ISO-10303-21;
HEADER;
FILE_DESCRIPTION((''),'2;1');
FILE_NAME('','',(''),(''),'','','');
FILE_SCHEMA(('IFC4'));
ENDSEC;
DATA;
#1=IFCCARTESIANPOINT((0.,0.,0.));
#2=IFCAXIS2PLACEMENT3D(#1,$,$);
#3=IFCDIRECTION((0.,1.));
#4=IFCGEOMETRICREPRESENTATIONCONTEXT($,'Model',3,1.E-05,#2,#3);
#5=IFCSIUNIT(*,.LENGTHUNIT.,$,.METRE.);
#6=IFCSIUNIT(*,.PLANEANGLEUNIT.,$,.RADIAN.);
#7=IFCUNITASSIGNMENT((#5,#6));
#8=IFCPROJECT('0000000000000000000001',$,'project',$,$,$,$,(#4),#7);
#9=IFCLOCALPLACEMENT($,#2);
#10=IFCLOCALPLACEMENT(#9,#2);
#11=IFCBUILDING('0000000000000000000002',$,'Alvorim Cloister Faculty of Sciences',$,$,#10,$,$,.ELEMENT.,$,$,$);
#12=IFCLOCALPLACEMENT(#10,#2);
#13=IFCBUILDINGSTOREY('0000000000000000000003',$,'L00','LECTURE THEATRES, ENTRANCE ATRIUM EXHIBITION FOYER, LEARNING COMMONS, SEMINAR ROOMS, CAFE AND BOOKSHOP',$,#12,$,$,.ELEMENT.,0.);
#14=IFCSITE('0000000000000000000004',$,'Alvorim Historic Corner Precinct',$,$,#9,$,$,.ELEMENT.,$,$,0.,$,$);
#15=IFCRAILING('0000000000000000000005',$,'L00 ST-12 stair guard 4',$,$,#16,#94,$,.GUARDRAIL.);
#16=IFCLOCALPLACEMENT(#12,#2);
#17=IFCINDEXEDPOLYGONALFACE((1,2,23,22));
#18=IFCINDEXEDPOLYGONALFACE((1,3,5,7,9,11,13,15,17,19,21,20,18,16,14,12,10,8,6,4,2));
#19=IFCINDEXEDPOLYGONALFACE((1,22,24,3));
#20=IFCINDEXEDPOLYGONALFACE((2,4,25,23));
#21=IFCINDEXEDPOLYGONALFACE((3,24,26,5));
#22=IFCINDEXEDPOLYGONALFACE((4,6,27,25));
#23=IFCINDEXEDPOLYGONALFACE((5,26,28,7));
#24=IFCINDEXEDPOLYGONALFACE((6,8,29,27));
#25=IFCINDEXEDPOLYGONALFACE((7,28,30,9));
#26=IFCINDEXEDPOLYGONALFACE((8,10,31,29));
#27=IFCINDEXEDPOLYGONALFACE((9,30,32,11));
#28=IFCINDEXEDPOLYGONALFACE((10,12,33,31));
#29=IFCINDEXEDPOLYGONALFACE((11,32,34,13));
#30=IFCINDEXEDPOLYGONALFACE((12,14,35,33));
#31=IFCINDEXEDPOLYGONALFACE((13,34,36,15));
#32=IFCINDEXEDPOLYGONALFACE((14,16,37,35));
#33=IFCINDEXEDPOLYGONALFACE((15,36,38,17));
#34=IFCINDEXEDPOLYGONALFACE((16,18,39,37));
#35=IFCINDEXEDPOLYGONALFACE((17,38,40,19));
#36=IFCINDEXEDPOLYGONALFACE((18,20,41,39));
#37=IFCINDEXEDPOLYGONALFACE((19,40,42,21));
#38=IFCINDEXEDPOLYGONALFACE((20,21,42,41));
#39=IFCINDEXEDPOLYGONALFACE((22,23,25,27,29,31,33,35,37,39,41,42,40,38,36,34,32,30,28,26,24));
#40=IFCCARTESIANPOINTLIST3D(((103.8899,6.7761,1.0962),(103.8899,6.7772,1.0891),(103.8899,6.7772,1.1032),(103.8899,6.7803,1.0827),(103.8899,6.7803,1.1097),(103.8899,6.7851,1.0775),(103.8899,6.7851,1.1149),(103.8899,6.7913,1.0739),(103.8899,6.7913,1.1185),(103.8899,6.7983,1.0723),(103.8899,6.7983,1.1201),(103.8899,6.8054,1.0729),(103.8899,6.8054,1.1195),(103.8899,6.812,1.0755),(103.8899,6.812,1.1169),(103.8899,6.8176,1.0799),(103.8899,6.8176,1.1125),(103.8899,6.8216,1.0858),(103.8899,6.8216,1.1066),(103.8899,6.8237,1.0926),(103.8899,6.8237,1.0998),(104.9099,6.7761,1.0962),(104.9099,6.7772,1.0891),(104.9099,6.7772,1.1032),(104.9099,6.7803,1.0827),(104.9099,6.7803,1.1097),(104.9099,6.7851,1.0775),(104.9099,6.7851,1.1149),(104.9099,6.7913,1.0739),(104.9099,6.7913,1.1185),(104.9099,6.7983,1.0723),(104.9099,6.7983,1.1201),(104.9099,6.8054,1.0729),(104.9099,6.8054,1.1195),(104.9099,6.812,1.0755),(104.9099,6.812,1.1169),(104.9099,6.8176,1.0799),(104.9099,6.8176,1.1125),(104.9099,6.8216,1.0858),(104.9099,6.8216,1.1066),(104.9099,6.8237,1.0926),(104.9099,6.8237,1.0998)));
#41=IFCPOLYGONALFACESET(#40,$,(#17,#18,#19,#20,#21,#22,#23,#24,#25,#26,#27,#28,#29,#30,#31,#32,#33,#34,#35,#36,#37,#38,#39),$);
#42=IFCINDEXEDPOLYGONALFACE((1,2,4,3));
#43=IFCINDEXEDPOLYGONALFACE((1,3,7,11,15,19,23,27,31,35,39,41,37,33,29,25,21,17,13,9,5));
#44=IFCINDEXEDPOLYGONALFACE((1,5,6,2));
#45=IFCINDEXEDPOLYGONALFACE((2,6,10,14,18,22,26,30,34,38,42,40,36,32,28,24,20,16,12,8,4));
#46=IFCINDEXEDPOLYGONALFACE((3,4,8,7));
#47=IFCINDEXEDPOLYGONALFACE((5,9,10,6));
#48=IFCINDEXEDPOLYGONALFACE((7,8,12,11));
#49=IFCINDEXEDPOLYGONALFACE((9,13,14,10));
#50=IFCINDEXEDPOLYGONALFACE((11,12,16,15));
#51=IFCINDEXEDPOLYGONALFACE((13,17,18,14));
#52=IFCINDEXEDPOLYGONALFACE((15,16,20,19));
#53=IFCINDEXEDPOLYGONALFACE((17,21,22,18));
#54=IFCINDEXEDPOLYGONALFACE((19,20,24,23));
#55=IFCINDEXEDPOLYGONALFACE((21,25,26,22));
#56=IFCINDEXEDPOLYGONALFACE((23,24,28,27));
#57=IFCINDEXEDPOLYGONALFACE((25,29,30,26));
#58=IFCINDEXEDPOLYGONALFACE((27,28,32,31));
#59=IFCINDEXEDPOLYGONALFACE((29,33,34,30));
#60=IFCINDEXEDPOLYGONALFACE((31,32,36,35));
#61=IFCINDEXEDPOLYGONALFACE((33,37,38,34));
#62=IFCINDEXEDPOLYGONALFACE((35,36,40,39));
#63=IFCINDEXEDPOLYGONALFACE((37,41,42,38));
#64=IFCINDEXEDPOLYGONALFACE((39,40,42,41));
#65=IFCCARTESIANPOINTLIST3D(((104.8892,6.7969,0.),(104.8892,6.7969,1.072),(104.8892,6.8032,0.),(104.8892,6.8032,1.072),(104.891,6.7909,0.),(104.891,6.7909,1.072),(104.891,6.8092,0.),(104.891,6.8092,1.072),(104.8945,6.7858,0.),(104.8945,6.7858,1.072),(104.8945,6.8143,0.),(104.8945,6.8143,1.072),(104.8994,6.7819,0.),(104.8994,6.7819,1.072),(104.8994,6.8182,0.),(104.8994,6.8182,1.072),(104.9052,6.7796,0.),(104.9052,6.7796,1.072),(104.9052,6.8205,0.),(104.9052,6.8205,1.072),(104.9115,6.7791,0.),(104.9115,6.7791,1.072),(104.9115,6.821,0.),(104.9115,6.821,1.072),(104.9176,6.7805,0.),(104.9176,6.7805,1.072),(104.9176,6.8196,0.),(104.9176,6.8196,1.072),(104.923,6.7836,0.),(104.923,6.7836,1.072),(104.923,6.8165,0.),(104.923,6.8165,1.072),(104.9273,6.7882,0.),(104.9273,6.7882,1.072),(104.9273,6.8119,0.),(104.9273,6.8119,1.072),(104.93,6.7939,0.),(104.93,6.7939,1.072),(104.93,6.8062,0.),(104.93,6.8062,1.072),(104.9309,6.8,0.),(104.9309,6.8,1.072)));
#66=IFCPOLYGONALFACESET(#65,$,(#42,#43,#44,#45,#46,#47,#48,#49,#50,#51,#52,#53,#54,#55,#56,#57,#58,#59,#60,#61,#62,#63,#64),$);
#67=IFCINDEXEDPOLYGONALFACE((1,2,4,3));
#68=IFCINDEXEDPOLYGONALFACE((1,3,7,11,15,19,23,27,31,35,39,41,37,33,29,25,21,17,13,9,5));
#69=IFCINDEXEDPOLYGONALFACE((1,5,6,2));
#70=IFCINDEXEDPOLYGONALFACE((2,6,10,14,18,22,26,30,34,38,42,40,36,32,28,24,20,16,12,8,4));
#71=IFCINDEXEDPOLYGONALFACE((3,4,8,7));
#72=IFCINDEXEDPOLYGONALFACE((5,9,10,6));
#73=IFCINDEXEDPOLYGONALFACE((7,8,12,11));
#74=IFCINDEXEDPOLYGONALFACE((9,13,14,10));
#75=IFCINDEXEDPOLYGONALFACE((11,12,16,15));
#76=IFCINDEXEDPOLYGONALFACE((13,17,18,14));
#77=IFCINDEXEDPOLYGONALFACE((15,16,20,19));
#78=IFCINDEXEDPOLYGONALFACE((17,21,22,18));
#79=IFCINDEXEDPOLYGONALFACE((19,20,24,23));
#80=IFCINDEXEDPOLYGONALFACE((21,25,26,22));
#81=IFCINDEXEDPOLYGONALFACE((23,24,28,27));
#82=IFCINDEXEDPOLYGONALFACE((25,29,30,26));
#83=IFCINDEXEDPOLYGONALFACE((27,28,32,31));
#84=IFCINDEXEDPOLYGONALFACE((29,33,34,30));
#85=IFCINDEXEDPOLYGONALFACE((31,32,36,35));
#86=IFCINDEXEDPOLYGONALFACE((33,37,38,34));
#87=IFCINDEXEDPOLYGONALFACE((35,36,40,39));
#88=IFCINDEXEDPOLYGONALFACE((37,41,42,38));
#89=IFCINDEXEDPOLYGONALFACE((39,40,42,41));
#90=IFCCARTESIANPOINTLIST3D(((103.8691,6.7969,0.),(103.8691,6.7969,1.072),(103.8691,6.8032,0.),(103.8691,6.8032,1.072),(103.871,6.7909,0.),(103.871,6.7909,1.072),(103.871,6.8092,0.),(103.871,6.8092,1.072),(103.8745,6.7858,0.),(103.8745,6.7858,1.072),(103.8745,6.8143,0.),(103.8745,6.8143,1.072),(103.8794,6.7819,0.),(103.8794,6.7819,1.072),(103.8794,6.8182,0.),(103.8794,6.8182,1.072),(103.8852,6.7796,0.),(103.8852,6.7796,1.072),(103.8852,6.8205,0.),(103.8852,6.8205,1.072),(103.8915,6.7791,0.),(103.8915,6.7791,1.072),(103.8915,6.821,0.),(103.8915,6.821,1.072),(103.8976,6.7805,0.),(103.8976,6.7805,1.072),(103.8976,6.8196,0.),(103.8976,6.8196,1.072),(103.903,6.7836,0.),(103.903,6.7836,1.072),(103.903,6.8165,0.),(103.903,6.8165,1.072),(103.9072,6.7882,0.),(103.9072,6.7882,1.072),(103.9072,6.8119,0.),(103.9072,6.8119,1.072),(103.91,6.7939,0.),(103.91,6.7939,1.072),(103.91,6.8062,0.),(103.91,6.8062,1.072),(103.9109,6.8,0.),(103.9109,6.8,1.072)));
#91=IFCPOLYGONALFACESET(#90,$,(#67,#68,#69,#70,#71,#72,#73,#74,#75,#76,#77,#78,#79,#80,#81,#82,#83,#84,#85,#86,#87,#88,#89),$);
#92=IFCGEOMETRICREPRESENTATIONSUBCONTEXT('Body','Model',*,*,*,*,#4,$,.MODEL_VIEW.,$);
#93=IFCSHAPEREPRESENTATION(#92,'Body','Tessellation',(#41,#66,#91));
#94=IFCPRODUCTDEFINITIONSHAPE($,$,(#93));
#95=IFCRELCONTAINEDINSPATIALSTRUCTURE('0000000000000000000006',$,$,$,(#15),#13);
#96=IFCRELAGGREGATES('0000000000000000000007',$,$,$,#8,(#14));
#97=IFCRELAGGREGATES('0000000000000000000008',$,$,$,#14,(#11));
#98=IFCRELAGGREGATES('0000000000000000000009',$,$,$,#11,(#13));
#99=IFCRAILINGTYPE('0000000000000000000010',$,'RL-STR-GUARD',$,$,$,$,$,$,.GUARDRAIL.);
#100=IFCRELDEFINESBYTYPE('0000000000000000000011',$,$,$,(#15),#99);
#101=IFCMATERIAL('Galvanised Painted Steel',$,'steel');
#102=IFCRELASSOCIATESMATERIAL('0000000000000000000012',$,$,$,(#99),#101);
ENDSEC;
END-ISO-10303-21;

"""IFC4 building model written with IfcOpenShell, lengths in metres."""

from ifc_helpers import new_model, si_unit, direction, frame, origin, origin_2d, place, context, subcontext, project, spatial, circle, extrude, material, type_object, element, save


model = new_model("IFC4")

# Units and contexts
model_context = context("Model", 3, precision=1e-05, world=origin(), true_north=direction((0.0, 1.0)))
body_context = subcontext(model_context, "Body", "Model", "MODEL_VIEW")
ifc_project = project(units=[si_unit("LENGTHUNIT", "METRE"), si_unit("PLANEANGLEUNIT", "RADIAN")], contexts=[model_context])

# Site, building, storey
site_placement = place(None, origin())
site = spatial("IfcSite", under=ifc_project, at=site_placement, Name="Alvorim Historic Corner Precinct", CompositionType="ELEMENT", RefElevation=0.0)
building_placement = place(site_placement, origin())
building = spatial("IfcBuilding", under=site, at=building_placement, Name="Alvorim Cloister Faculty of Sciences", CompositionType="ELEMENT")
storey_placement = place(building_placement, origin())
storey = spatial("IfcBuildingStorey", under=building, at=storey_placement, Name="L00", Description="LECTURE THEATRES, ENTRANCE ATRIUM EXHIBITION FOYER, LEARNING COMMONS, SEMINAR ROOMS, CAFE AND BOOKSHOP", CompositionType="ELEMENT", Elevation=0.0)

# Railing
ifc_material_1 = material(Name="Galvanised Painted Steel", Category="steel")
railing_type_1 = type_object("IfcRailingType", Name="RL-STR-GUARD", PredefinedType="GUARDRAIL", material=ifc_material_1)
railing_1_placement = place(storey_placement, frame((104.9099, 6.8, 0.0)))
element("IfcRailing", 1, at=railing_1_placement, inside=storey, type_object=railing_type_1, Name="L00 ST-12 stair guard 4", PredefinedType="GUARDRAIL", context=body_context, shape_type="SweptSolid", body=[
    extrude(circle(Radius=0.0239, at=origin_2d()), frame((0.0, 0.0, 1.0962), z_axis=(-1.0, 0.0, 0.0), x_axis=(0.0, -1.0, 0.0)), (0.0, 0.0, 1.0), 1.02),
    extrude(circle(Radius=0.021, at=origin_2d()), origin(), (0.0, 0.0, 1.0), 1.072),
    extrude(circle(Radius=0.021, at=origin_2d()), frame((-1.02, 0.0, 0.0)), (0.0, 0.0, 1.0), 1.072),
])

save(model, "model.ifc")
